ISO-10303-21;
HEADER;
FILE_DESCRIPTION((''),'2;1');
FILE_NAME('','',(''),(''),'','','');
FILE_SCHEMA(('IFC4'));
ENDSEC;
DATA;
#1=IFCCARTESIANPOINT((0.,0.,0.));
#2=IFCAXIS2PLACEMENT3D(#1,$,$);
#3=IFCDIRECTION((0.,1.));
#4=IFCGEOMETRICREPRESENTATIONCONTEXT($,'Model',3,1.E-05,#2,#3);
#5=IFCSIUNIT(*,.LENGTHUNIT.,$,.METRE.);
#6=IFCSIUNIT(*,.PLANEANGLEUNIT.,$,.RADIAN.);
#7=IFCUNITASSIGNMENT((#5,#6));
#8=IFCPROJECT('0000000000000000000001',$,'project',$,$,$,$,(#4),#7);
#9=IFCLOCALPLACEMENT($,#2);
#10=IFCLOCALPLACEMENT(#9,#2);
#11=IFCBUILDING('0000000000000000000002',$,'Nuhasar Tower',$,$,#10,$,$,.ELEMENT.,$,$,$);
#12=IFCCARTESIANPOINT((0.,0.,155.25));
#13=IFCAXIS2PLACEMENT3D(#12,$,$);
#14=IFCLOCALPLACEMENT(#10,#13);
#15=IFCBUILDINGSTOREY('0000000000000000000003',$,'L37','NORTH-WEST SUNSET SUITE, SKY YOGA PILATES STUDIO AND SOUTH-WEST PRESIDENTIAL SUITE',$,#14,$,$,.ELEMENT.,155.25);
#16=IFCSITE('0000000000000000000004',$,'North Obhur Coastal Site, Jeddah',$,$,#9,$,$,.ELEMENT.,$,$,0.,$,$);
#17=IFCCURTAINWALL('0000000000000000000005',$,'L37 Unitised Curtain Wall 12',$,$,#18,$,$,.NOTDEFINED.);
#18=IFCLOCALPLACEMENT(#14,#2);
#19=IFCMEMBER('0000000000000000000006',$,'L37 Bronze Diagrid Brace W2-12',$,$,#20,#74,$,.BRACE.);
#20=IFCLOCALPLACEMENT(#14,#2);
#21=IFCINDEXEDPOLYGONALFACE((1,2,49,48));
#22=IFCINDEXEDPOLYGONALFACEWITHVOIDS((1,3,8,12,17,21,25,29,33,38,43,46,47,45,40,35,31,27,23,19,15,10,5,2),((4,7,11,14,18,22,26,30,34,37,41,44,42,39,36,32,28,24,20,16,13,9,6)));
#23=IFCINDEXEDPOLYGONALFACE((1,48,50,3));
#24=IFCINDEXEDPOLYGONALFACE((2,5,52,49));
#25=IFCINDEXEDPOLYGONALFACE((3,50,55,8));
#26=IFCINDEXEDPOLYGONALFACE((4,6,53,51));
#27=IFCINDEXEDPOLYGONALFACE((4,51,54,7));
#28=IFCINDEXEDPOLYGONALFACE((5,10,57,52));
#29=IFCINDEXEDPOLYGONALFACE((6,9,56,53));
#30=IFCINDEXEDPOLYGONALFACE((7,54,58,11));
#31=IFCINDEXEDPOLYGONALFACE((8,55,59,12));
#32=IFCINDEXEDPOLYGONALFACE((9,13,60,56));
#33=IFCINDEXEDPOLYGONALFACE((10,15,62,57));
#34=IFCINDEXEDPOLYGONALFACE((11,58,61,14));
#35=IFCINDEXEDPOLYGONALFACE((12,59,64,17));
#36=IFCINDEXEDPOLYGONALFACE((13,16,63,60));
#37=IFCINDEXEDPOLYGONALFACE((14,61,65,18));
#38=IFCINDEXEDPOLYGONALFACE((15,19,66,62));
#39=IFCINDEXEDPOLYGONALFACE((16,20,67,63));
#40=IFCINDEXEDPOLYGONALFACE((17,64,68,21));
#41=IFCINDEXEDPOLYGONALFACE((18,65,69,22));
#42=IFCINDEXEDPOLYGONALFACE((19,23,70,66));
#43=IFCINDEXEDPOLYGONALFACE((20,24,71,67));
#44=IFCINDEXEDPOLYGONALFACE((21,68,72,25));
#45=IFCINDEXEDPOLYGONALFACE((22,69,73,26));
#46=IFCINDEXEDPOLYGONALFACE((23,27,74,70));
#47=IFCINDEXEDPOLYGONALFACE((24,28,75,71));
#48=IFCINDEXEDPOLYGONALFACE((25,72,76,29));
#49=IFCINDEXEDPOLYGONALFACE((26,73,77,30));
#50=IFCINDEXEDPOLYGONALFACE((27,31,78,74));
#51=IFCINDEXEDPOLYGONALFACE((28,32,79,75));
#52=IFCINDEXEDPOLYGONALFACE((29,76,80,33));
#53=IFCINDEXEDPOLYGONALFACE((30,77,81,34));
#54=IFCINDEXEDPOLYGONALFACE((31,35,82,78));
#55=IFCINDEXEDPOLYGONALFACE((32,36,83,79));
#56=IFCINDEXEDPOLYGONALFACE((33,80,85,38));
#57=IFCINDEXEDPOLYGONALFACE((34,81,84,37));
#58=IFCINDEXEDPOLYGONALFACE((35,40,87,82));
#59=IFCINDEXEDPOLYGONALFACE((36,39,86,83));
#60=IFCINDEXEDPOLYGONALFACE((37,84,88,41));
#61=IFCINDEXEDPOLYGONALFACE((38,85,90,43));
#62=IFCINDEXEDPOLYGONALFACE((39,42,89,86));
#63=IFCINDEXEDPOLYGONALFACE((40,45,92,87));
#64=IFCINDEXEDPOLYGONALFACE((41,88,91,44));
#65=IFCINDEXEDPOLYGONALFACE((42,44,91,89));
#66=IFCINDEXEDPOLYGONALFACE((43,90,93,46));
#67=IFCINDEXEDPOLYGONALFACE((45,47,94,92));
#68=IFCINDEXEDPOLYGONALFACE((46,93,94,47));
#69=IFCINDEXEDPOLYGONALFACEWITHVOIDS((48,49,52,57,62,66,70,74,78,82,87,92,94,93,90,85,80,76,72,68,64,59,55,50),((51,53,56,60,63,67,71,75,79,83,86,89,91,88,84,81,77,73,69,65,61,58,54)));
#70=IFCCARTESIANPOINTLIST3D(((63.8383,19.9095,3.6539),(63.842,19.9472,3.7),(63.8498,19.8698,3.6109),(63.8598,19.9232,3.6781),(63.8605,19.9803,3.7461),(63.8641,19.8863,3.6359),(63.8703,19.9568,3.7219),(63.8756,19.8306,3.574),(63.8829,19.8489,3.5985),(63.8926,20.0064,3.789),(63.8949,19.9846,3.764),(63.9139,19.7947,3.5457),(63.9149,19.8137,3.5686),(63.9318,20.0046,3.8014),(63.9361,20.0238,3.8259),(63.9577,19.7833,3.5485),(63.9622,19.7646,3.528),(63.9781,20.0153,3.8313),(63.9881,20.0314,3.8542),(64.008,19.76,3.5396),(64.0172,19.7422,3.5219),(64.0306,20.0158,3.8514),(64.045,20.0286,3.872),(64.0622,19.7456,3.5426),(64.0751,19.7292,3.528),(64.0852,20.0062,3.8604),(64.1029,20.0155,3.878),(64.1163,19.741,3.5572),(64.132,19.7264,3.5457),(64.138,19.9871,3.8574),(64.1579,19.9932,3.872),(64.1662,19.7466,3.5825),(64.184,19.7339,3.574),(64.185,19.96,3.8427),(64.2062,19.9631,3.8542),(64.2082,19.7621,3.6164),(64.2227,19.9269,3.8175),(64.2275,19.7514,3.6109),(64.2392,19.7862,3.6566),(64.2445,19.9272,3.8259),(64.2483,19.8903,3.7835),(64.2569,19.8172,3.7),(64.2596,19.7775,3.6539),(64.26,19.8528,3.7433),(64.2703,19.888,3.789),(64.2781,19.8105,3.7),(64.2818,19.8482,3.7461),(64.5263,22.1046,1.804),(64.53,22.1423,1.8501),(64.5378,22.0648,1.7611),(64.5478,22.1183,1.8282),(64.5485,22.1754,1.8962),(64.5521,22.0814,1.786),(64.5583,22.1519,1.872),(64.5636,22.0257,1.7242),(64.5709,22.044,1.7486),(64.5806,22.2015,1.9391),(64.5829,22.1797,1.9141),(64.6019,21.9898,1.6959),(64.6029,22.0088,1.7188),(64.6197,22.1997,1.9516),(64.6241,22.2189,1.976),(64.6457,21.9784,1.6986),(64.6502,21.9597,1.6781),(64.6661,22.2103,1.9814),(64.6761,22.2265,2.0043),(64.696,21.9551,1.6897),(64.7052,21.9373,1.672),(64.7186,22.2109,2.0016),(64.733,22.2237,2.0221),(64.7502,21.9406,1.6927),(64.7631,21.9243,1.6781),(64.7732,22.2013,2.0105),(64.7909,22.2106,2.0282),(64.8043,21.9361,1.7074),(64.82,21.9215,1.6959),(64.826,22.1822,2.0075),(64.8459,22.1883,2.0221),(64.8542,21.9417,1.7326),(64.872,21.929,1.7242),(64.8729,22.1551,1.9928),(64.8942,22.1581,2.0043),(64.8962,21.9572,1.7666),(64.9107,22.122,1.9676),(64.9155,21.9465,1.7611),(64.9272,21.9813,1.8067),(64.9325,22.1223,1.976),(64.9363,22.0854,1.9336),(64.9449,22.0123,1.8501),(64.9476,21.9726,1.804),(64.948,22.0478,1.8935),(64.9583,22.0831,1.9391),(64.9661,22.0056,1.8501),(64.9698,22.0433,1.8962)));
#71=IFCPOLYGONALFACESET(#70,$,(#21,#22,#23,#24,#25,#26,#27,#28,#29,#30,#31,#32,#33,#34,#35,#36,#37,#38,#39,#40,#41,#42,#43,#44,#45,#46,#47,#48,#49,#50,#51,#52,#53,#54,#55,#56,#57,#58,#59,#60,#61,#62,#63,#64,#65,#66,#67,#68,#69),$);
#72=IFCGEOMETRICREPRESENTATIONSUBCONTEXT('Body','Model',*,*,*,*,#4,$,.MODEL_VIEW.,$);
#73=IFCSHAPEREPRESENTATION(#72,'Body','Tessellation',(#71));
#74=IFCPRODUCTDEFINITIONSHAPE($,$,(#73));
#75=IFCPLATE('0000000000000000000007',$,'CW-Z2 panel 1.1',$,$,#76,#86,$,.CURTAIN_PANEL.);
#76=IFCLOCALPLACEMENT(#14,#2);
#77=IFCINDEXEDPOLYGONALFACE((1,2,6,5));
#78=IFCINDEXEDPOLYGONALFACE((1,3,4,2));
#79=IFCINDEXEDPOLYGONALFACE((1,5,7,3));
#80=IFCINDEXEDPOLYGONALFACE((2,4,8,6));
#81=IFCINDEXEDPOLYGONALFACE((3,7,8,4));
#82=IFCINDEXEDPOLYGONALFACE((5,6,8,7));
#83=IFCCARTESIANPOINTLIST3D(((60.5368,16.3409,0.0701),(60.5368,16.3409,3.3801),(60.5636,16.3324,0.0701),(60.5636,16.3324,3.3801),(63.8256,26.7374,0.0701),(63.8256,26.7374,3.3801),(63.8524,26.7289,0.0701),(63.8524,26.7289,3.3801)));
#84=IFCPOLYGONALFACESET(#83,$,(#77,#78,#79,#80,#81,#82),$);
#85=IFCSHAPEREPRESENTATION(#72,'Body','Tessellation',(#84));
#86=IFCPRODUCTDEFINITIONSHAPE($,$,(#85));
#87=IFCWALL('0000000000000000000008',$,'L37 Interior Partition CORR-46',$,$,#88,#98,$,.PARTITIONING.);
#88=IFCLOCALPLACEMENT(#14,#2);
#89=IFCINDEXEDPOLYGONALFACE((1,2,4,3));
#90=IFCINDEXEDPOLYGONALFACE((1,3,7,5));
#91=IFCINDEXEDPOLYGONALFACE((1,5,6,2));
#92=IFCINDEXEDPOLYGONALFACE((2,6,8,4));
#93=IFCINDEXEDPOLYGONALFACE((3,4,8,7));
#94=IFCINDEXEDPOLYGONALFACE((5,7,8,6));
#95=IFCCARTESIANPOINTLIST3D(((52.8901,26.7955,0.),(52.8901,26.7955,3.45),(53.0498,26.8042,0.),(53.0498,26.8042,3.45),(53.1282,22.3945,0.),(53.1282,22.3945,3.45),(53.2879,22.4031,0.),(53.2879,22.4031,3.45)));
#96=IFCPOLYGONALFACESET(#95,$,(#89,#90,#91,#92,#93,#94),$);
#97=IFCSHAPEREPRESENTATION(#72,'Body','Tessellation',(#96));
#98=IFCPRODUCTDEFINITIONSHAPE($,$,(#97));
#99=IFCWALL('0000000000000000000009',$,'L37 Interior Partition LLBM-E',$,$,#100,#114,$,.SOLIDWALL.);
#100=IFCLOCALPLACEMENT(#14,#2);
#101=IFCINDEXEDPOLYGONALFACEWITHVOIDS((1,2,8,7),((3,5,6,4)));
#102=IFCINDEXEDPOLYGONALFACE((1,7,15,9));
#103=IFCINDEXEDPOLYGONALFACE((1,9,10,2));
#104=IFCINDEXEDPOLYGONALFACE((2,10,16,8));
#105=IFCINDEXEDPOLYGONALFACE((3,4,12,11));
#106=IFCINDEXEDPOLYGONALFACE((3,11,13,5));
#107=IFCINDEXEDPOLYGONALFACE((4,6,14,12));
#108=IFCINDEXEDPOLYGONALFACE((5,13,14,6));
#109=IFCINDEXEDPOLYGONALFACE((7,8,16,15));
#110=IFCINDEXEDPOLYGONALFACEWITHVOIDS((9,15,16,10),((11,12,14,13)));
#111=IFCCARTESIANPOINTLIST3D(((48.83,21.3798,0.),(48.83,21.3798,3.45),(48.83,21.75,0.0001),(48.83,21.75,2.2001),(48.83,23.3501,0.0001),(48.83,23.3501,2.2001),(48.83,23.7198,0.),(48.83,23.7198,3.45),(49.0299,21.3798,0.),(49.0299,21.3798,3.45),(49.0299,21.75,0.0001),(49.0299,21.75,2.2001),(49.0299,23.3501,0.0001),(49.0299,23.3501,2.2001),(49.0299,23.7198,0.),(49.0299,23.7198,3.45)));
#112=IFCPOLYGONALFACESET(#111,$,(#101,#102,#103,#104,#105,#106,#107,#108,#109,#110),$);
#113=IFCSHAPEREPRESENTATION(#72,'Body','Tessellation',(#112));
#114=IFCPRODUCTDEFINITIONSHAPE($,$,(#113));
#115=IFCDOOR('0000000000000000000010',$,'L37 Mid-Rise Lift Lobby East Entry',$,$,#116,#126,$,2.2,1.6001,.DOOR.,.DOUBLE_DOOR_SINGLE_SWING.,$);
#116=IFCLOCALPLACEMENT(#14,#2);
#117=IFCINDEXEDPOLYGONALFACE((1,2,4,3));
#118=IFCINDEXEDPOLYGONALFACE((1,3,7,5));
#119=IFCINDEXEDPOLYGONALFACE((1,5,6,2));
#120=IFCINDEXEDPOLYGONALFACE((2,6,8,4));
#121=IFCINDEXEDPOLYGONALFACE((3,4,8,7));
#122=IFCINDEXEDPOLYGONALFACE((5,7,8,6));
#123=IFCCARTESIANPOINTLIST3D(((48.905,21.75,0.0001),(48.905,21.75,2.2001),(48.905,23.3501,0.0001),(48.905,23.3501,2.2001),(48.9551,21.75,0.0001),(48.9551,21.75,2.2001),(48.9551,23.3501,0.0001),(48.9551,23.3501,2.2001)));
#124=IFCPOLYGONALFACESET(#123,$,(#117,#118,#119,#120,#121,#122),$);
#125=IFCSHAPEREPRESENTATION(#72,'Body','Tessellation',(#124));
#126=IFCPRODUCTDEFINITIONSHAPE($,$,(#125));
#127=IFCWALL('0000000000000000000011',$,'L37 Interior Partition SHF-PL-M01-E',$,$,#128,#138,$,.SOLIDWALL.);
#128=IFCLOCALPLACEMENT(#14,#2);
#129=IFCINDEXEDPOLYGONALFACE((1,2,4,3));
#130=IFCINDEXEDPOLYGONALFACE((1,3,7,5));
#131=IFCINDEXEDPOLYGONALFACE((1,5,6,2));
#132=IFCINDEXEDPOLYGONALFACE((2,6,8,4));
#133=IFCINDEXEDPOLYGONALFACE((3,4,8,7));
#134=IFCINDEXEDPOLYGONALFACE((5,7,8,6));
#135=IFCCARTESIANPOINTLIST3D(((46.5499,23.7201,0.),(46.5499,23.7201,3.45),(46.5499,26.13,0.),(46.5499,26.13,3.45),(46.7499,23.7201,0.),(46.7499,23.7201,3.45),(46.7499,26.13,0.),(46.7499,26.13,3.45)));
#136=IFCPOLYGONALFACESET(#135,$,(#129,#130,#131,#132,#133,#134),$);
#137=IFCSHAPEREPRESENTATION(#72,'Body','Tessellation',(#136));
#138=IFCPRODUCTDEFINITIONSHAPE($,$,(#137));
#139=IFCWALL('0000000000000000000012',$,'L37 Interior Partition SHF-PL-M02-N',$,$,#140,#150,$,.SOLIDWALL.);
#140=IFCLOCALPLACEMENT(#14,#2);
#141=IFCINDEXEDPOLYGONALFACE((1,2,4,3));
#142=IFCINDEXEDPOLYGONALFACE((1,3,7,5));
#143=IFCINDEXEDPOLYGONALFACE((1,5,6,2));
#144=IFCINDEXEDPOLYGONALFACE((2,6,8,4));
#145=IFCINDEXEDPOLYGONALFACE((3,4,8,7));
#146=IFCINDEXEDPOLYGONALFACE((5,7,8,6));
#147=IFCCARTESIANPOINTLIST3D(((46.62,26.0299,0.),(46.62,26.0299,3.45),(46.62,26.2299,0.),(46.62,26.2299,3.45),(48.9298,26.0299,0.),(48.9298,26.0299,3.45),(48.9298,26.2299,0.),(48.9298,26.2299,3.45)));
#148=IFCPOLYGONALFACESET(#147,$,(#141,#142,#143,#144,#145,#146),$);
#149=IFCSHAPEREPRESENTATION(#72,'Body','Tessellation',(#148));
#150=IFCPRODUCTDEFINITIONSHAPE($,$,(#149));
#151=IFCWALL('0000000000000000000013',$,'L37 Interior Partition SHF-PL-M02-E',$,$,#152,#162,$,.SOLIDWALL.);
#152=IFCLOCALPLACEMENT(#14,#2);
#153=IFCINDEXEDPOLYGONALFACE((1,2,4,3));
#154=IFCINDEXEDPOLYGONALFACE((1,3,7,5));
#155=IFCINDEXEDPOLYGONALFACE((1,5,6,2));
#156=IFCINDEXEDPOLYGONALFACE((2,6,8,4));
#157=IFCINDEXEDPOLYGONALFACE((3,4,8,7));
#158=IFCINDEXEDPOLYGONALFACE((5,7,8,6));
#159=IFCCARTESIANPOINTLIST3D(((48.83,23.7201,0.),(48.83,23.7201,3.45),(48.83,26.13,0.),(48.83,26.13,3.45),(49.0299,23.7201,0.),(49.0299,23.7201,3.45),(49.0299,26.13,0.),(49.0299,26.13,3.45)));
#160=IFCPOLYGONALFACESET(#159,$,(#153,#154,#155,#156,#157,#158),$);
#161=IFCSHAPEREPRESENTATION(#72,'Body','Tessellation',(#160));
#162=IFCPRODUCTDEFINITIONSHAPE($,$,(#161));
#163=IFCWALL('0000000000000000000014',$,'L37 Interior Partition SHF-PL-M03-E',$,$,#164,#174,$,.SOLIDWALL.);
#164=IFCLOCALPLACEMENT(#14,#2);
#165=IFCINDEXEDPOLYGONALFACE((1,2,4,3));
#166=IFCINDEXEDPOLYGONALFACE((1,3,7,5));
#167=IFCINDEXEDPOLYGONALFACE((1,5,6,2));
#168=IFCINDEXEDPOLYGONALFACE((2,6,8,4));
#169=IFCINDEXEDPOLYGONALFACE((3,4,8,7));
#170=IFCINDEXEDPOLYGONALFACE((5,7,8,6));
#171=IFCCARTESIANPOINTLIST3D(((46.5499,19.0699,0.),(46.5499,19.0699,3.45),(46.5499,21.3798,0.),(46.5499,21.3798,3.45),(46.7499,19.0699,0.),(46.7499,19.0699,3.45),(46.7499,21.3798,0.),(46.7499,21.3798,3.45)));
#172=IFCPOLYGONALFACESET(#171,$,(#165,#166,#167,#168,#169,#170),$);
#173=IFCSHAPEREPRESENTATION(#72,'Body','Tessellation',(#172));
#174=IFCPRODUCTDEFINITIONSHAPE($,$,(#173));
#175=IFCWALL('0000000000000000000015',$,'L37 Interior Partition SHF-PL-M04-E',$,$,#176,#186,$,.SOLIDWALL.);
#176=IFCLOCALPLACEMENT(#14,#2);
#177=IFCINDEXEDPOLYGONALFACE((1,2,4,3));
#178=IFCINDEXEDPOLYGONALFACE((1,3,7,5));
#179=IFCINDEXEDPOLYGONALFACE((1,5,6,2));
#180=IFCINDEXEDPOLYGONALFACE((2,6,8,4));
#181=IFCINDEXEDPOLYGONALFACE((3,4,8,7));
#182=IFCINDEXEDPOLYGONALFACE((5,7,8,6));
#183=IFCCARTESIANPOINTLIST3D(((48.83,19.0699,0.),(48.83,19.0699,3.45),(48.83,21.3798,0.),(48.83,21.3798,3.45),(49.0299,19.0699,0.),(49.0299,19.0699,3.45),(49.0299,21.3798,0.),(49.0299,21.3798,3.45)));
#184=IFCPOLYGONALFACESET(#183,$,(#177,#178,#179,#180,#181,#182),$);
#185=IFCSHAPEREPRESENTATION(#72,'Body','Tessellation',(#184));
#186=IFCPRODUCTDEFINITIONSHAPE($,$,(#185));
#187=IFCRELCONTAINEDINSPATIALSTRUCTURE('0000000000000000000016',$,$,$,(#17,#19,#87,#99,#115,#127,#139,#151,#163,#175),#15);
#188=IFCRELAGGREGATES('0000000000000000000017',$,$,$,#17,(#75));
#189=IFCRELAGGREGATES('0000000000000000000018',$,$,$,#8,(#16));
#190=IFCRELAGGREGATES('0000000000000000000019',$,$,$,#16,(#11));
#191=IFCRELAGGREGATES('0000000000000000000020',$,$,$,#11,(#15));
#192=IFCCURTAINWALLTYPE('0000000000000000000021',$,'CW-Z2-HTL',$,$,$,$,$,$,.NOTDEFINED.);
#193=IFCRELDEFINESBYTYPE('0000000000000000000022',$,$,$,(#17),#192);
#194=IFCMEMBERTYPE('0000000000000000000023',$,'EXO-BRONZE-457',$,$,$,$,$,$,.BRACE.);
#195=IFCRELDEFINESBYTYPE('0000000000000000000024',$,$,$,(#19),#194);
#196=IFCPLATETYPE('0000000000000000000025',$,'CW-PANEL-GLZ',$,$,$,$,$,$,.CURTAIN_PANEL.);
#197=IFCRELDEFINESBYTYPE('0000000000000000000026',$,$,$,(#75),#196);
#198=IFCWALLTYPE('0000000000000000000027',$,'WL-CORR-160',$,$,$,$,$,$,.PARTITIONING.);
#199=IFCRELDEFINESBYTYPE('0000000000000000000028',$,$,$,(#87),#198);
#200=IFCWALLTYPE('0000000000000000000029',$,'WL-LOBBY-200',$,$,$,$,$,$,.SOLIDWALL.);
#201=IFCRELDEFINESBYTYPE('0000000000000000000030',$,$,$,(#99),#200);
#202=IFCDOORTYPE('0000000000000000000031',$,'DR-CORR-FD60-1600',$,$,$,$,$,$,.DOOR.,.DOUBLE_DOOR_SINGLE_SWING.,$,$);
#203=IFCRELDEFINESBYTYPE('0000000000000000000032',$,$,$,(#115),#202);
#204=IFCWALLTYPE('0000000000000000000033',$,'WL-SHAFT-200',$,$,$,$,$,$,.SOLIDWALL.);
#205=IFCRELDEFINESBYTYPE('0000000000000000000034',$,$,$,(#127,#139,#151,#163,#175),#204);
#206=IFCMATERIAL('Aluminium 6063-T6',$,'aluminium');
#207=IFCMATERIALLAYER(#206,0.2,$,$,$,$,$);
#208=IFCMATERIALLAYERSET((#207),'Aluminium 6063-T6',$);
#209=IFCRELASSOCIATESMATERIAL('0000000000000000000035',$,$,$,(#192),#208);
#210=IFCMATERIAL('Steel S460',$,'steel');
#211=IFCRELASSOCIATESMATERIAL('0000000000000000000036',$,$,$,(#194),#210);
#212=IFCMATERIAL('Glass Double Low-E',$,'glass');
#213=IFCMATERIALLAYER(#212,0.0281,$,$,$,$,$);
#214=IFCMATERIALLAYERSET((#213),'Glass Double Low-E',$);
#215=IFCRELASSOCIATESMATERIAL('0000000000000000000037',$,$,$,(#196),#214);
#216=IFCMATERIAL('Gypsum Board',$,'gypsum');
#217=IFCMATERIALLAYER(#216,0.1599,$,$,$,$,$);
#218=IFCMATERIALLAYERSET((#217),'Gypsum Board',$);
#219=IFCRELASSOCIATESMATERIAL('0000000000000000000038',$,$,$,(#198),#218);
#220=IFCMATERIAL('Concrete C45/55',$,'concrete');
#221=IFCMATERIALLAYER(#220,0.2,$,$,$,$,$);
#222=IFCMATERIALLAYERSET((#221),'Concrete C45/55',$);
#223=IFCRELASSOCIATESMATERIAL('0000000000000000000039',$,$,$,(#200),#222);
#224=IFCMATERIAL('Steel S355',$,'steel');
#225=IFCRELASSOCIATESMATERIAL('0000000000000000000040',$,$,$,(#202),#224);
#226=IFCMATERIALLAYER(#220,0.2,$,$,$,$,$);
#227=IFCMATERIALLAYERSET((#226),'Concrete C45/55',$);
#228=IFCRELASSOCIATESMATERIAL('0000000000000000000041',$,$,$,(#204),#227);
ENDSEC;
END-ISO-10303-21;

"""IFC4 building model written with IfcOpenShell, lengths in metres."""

from ifc_helpers import new_model, si_unit, direction, frame, frame_2d, origin, origin_2d, place, context, subcontext, project, spatial, rectangle, hollow_circle, extrude, material, layer, layer_set, material_profile, profile_set, type_object, element, fill, aggregate, save


model = new_model("IFC4")

# Units and contexts
model_context = context("Model", 3, precision=1e-05, world=origin(), true_north=direction((0.0, 1.0)))
body_context = subcontext(model_context, "Body", "Model", "MODEL_VIEW")
ifc_project = project(units=[si_unit("LENGTHUNIT", "METRE"), si_unit("PLANEANGLEUNIT", "RADIAN")], contexts=[model_context])

# Site, building, storey
site_placement = place(None, origin())
site = spatial("IfcSite", under=ifc_project, at=site_placement, Name="North Obhur Coastal Site, Jeddah", CompositionType="ELEMENT", RefElevation=0.0)
building_placement = place(site_placement, origin())
building = spatial("IfcBuilding", under=site, at=building_placement, Name="Nuhasar Tower", CompositionType="ELEMENT")
storey_placement = place(building_placement, frame((0.0, 0.0, 155.25)))
storey = spatial("IfcBuildingStorey", under=building, at=storey_placement, Name="L37", Description="NORTH-WEST SUNSET SUITE, SKY YOGA PILATES STUDIO AND SOUTH-WEST PRESIDENTIAL SUITE", CompositionType="ELEMENT", Elevation=155.25)

# Shared definitions
ifc_material_1 = material(Name="Steel S355", Category="steel")

# Curtain wall
ifc_material_2 = material(Name="Aluminium 6063-T6", Category="aluminium")
ifc_layer_1 = layer(ifc_material_2, 0.2)
ifc_layer_set_1 = layer_set([ifc_layer_1], Name="Aluminium 6063-T6")
curtain_wall_type = type_object("IfcCurtainWallType", Name="CW-Z2-HTL", PredefinedType="NOTDEFINED", material=ifc_layer_set_1)
curtain_wall_placement = place(storey_placement, origin())
curtain_wall = element("IfcCurtainWall", 1, at=curtain_wall_placement, inside=storey, type_object=curtain_wall_type, Name="L37 Unitised Curtain Wall 12", PredefinedType="NOTDEFINED")

# Member
ifc_material_3 = material(Name="Steel S460", Category="steel")
ifc_material_profile_1 = material_profile(ifc_material_3, hollow_circle(Radius=0.2285, WallThickness=0.0222, at=origin_2d()), Name="HSS457X22.2")
ifc_profile_set_1 = profile_set([ifc_material_profile_1], Name="Steel S460")
member_type_1 = type_object("IfcMemberType", Name="EXO-BRONZE-457", PredefinedType="BRACE", material=ifc_profile_set_1)
member_1_placement = place(storey_placement, frame((64.748, 22.074, 1.8501), z_axis=(-0.233068, -0.743616, 0.626669), x_axis=(0.954228, -0.299079, 0.0)))
element("IfcMember", 2, at=member_1_placement, inside=storey, type_object=member_type_1, Name="L37 Bronze Diagrid Brace W2-12", PredefinedType="BRACE", context=body_context, shape_type="SweptSolid", body=[
    extrude(hollow_circle(Radius=0.2285, WallThickness=0.0222, at=origin_2d()), origin(), (0.0, 0.0, 1.0), 2.9519),
])

# Plate
ifc_material_4 = material(Name="Glass Double Low-E", Category="glass")
ifc_layer_2 = layer(ifc_material_4, 0.0281)
ifc_layer_set_2 = layer_set([ifc_layer_2], Name="Glass Double Low-E")
plate_type = type_object("IfcPlateType", Name="CW-PANEL-GLZ", PredefinedType="CURTAIN_PANEL", material=ifc_layer_set_2)
plate_placement = place(storey_placement, frame((62.1946, 21.5349, 0.0701), z_axis=(0.0, 0.0, 1.0), x_axis=(0.301604, 0.953433, 0.0)))
plate = element("IfcPlate", 3, at=plate_placement, type_object=plate_type, Name="CW-Z2 panel 1.1", PredefinedType="CURTAIN_PANEL", context=body_context, shape_type="SweptSolid", body=[
    extrude(rectangle(XDim=10.9043, YDim=0.0281, at=origin_2d()), origin(), (0.0, 0.0, 1.0), 3.3101),
])
aggregate(curtain_wall, [plate])

# Shared definitions
ifc_material_5 = material(Name="Gypsum Board", Category="gypsum")
ifc_layer_3 = layer(ifc_material_5, 0.1599)
ifc_layer_set_3 = layer_set([ifc_layer_3], Name="Gypsum Board")
wall_type_1 = type_object("IfcWallType", Name="WL-CORR-160", PredefinedType="PARTITIONING", material=ifc_layer_set_3)

# Wall
wall_1_placement = place(storey_placement, frame((53.208, 22.3989, 0.0), z_axis=(0.0, 0.0, 1.0), x_axis=(-0.054007, 0.998541, 0.0)))
element("IfcWall", 4, at=wall_1_placement, inside=storey, type_object=wall_type_1, Name="L37 Interior Partition CORR-46", PredefinedType="PARTITIONING", context=body_context, shape_type="SweptSolid", body=[
    extrude(rectangle(XDim=4.4075, YDim=0.1599, at=frame_2d((2.2036, 0.0))), origin(), (0.0, 0.0, 1.0), 3.45),
])

# Wall, opening, door
ifc_material_6 = material(Name="Concrete C45/55", Category="concrete")
ifc_layer_4 = layer(ifc_material_6, 0.2)
ifc_layer_set_4 = layer_set([ifc_layer_4], Name="Concrete C45/55")
wall_type_2 = type_object("IfcWallType", Name="WL-LOBBY-200", PredefinedType="SOLIDWALL", material=ifc_layer_set_4)
wall_2_placement = place(storey_placement, frame((48.9299, 21.3799, 0.0), z_axis=(0.0, 0.0, 1.0), x_axis=(0.0, 1.0, 0.0)))
wall_2 = element("IfcWall", 5, at=wall_2_placement, inside=storey, type_object=wall_type_2, Name="L37 Interior Partition LLBM-E", PredefinedType="SOLIDWALL", context=body_context, shape_type="SweptSolid", body=[
    extrude(rectangle(XDim=2.3401, YDim=0.2, at=frame_2d((1.1699, 0.0))), origin(), (0.0, 0.0, 1.0), 3.45),
])
opening_1_placement = place(wall_2_placement, frame((0.3701, 0.0, 0.0)))
opening_1 = element("IfcOpeningElement", 6, at=opening_1_placement, cuts=wall_2, PredefinedType="OPENING", context=body_context, shape_type="SweptSolid", body=[
    extrude(rectangle(XDim=1.6001, YDim=2.2, at=frame_2d((0.8, 1.1001))), frame((0.0, 0.1099, 0.0), z_axis=(0.0, -1.0, 0.0), x_axis=(1.0, 0.0, 0.0)), (0.0, 0.0, 1.0), 0.22),
])
door_type_1 = type_object("IfcDoorType", Name="DR-CORR-FD60-1600", OperationType="DOUBLE_DOOR_SINGLE_SWING", PredefinedType="DOOR", material=ifc_material_1)
door_1_placement = place(opening_1_placement, origin())
door_1 = element("IfcDoor", 7, at=door_1_placement, inside=storey, type_object=door_type_1, Name="L37 Mid-Rise Lift Lobby East Entry", OperationType="DOUBLE_DOOR_SINGLE_SWING", OverallHeight=2.2, OverallWidth=1.6001, PredefinedType="DOOR", context=body_context, shape_type="SweptSolid", body=[
    extrude(rectangle(XDim=1.6001, YDim=2.2, at=frame_2d((0.8, 1.1001))), frame((0.0, 0.0249, 0.0), z_axis=(0.0, -1.0, 0.0), x_axis=(1.0, 0.0, 0.0)), (0.0, 0.0, 1.0), 0.05),
])
fill(opening_1, door_1)

# Wall
ifc_layer_5 = layer(ifc_material_6, 0.2)
ifc_layer_set_5 = layer_set([ifc_layer_5], Name="Concrete C45/55")
wall_type_3 = type_object("IfcWallType", Name="WL-SHAFT-200", PredefinedType="SOLIDWALL", material=ifc_layer_set_5)
wall_3_placement = place(storey_placement, frame((46.6499, 23.72, 0.0), z_axis=(0.0, 0.0, 1.0), x_axis=(0.0, 1.0, 0.0)))
element("IfcWall", 8, at=wall_3_placement, inside=storey, type_object=wall_type_3, Name="L37 Interior Partition SHF-PL-M01-E", PredefinedType="SOLIDWALL", context=body_context, shape_type="SweptSolid", body=[
    extrude(rectangle(XDim=2.4099, YDim=0.2, at=frame_2d((1.2051, 0.0))), origin(), (0.0, 0.0, 1.0), 3.45),
])

# Walls
wall_4_placement = place(storey_placement, frame((46.6201, 26.1299, 0.0), z_axis=(0.0, 0.0, 1.0), x_axis=(1.0, 0.0, 0.0)))
element("IfcWall", 9, at=wall_4_placement, inside=storey, type_object=wall_type_3, Name="L37 Interior Partition SHF-PL-M02-N", PredefinedType="SOLIDWALL", context=body_context, shape_type="SweptSolid", body=[
    extrude(rectangle(XDim=2.3098, YDim=0.2, at=frame_2d((1.1548, 0.0))), origin(), (0.0, 0.0, 1.0), 3.45),
])
wall_5_placement = place(storey_placement, frame((48.9299, 23.72, 0.0), z_axis=(0.0, 0.0, 1.0), x_axis=(0.0, 1.0, 0.0)))
element("IfcWall", 10, at=wall_5_placement, inside=storey, type_object=wall_type_3, Name="L37 Interior Partition SHF-PL-M02-E", PredefinedType="SOLIDWALL", context=body_context, shape_type="SweptSolid", body=[
    extrude(rectangle(XDim=2.4099, YDim=0.2, at=frame_2d((1.2051, 0.0))), origin(), (0.0, 0.0, 1.0), 3.45),
])
wall_6_placement = place(storey_placement, frame((46.6499, 19.0701, 0.0), z_axis=(0.0, 0.0, 1.0), x_axis=(0.0, 1.0, 0.0)))
element("IfcWall", 11, at=wall_6_placement, inside=storey, type_object=wall_type_3, Name="L37 Interior Partition SHF-PL-M03-E", PredefinedType="SOLIDWALL", context=body_context, shape_type="SweptSolid", body=[
    extrude(rectangle(XDim=2.3098, YDim=0.2, at=frame_2d((1.1548, 0.0))), origin(), (0.0, 0.0, 1.0), 3.45),
])

# Wall
wall_7_placement = place(storey_placement, frame((48.9299, 19.0701, 0.0), z_axis=(0.0, 0.0, 1.0), x_axis=(0.0, 1.0, 0.0)))
element("IfcWall", 12, at=wall_7_placement, inside=storey, type_object=wall_type_3, Name="L37 Interior Partition SHF-PL-M04-E", PredefinedType="SOLIDWALL", context=body_context, shape_type="SweptSolid", body=[
    extrude(rectangle(XDim=2.3098, YDim=0.2, at=frame_2d((1.1548, 0.0))), origin(), (0.0, 0.0, 1.0), 3.45),
])

save(model, "model.ifc")
